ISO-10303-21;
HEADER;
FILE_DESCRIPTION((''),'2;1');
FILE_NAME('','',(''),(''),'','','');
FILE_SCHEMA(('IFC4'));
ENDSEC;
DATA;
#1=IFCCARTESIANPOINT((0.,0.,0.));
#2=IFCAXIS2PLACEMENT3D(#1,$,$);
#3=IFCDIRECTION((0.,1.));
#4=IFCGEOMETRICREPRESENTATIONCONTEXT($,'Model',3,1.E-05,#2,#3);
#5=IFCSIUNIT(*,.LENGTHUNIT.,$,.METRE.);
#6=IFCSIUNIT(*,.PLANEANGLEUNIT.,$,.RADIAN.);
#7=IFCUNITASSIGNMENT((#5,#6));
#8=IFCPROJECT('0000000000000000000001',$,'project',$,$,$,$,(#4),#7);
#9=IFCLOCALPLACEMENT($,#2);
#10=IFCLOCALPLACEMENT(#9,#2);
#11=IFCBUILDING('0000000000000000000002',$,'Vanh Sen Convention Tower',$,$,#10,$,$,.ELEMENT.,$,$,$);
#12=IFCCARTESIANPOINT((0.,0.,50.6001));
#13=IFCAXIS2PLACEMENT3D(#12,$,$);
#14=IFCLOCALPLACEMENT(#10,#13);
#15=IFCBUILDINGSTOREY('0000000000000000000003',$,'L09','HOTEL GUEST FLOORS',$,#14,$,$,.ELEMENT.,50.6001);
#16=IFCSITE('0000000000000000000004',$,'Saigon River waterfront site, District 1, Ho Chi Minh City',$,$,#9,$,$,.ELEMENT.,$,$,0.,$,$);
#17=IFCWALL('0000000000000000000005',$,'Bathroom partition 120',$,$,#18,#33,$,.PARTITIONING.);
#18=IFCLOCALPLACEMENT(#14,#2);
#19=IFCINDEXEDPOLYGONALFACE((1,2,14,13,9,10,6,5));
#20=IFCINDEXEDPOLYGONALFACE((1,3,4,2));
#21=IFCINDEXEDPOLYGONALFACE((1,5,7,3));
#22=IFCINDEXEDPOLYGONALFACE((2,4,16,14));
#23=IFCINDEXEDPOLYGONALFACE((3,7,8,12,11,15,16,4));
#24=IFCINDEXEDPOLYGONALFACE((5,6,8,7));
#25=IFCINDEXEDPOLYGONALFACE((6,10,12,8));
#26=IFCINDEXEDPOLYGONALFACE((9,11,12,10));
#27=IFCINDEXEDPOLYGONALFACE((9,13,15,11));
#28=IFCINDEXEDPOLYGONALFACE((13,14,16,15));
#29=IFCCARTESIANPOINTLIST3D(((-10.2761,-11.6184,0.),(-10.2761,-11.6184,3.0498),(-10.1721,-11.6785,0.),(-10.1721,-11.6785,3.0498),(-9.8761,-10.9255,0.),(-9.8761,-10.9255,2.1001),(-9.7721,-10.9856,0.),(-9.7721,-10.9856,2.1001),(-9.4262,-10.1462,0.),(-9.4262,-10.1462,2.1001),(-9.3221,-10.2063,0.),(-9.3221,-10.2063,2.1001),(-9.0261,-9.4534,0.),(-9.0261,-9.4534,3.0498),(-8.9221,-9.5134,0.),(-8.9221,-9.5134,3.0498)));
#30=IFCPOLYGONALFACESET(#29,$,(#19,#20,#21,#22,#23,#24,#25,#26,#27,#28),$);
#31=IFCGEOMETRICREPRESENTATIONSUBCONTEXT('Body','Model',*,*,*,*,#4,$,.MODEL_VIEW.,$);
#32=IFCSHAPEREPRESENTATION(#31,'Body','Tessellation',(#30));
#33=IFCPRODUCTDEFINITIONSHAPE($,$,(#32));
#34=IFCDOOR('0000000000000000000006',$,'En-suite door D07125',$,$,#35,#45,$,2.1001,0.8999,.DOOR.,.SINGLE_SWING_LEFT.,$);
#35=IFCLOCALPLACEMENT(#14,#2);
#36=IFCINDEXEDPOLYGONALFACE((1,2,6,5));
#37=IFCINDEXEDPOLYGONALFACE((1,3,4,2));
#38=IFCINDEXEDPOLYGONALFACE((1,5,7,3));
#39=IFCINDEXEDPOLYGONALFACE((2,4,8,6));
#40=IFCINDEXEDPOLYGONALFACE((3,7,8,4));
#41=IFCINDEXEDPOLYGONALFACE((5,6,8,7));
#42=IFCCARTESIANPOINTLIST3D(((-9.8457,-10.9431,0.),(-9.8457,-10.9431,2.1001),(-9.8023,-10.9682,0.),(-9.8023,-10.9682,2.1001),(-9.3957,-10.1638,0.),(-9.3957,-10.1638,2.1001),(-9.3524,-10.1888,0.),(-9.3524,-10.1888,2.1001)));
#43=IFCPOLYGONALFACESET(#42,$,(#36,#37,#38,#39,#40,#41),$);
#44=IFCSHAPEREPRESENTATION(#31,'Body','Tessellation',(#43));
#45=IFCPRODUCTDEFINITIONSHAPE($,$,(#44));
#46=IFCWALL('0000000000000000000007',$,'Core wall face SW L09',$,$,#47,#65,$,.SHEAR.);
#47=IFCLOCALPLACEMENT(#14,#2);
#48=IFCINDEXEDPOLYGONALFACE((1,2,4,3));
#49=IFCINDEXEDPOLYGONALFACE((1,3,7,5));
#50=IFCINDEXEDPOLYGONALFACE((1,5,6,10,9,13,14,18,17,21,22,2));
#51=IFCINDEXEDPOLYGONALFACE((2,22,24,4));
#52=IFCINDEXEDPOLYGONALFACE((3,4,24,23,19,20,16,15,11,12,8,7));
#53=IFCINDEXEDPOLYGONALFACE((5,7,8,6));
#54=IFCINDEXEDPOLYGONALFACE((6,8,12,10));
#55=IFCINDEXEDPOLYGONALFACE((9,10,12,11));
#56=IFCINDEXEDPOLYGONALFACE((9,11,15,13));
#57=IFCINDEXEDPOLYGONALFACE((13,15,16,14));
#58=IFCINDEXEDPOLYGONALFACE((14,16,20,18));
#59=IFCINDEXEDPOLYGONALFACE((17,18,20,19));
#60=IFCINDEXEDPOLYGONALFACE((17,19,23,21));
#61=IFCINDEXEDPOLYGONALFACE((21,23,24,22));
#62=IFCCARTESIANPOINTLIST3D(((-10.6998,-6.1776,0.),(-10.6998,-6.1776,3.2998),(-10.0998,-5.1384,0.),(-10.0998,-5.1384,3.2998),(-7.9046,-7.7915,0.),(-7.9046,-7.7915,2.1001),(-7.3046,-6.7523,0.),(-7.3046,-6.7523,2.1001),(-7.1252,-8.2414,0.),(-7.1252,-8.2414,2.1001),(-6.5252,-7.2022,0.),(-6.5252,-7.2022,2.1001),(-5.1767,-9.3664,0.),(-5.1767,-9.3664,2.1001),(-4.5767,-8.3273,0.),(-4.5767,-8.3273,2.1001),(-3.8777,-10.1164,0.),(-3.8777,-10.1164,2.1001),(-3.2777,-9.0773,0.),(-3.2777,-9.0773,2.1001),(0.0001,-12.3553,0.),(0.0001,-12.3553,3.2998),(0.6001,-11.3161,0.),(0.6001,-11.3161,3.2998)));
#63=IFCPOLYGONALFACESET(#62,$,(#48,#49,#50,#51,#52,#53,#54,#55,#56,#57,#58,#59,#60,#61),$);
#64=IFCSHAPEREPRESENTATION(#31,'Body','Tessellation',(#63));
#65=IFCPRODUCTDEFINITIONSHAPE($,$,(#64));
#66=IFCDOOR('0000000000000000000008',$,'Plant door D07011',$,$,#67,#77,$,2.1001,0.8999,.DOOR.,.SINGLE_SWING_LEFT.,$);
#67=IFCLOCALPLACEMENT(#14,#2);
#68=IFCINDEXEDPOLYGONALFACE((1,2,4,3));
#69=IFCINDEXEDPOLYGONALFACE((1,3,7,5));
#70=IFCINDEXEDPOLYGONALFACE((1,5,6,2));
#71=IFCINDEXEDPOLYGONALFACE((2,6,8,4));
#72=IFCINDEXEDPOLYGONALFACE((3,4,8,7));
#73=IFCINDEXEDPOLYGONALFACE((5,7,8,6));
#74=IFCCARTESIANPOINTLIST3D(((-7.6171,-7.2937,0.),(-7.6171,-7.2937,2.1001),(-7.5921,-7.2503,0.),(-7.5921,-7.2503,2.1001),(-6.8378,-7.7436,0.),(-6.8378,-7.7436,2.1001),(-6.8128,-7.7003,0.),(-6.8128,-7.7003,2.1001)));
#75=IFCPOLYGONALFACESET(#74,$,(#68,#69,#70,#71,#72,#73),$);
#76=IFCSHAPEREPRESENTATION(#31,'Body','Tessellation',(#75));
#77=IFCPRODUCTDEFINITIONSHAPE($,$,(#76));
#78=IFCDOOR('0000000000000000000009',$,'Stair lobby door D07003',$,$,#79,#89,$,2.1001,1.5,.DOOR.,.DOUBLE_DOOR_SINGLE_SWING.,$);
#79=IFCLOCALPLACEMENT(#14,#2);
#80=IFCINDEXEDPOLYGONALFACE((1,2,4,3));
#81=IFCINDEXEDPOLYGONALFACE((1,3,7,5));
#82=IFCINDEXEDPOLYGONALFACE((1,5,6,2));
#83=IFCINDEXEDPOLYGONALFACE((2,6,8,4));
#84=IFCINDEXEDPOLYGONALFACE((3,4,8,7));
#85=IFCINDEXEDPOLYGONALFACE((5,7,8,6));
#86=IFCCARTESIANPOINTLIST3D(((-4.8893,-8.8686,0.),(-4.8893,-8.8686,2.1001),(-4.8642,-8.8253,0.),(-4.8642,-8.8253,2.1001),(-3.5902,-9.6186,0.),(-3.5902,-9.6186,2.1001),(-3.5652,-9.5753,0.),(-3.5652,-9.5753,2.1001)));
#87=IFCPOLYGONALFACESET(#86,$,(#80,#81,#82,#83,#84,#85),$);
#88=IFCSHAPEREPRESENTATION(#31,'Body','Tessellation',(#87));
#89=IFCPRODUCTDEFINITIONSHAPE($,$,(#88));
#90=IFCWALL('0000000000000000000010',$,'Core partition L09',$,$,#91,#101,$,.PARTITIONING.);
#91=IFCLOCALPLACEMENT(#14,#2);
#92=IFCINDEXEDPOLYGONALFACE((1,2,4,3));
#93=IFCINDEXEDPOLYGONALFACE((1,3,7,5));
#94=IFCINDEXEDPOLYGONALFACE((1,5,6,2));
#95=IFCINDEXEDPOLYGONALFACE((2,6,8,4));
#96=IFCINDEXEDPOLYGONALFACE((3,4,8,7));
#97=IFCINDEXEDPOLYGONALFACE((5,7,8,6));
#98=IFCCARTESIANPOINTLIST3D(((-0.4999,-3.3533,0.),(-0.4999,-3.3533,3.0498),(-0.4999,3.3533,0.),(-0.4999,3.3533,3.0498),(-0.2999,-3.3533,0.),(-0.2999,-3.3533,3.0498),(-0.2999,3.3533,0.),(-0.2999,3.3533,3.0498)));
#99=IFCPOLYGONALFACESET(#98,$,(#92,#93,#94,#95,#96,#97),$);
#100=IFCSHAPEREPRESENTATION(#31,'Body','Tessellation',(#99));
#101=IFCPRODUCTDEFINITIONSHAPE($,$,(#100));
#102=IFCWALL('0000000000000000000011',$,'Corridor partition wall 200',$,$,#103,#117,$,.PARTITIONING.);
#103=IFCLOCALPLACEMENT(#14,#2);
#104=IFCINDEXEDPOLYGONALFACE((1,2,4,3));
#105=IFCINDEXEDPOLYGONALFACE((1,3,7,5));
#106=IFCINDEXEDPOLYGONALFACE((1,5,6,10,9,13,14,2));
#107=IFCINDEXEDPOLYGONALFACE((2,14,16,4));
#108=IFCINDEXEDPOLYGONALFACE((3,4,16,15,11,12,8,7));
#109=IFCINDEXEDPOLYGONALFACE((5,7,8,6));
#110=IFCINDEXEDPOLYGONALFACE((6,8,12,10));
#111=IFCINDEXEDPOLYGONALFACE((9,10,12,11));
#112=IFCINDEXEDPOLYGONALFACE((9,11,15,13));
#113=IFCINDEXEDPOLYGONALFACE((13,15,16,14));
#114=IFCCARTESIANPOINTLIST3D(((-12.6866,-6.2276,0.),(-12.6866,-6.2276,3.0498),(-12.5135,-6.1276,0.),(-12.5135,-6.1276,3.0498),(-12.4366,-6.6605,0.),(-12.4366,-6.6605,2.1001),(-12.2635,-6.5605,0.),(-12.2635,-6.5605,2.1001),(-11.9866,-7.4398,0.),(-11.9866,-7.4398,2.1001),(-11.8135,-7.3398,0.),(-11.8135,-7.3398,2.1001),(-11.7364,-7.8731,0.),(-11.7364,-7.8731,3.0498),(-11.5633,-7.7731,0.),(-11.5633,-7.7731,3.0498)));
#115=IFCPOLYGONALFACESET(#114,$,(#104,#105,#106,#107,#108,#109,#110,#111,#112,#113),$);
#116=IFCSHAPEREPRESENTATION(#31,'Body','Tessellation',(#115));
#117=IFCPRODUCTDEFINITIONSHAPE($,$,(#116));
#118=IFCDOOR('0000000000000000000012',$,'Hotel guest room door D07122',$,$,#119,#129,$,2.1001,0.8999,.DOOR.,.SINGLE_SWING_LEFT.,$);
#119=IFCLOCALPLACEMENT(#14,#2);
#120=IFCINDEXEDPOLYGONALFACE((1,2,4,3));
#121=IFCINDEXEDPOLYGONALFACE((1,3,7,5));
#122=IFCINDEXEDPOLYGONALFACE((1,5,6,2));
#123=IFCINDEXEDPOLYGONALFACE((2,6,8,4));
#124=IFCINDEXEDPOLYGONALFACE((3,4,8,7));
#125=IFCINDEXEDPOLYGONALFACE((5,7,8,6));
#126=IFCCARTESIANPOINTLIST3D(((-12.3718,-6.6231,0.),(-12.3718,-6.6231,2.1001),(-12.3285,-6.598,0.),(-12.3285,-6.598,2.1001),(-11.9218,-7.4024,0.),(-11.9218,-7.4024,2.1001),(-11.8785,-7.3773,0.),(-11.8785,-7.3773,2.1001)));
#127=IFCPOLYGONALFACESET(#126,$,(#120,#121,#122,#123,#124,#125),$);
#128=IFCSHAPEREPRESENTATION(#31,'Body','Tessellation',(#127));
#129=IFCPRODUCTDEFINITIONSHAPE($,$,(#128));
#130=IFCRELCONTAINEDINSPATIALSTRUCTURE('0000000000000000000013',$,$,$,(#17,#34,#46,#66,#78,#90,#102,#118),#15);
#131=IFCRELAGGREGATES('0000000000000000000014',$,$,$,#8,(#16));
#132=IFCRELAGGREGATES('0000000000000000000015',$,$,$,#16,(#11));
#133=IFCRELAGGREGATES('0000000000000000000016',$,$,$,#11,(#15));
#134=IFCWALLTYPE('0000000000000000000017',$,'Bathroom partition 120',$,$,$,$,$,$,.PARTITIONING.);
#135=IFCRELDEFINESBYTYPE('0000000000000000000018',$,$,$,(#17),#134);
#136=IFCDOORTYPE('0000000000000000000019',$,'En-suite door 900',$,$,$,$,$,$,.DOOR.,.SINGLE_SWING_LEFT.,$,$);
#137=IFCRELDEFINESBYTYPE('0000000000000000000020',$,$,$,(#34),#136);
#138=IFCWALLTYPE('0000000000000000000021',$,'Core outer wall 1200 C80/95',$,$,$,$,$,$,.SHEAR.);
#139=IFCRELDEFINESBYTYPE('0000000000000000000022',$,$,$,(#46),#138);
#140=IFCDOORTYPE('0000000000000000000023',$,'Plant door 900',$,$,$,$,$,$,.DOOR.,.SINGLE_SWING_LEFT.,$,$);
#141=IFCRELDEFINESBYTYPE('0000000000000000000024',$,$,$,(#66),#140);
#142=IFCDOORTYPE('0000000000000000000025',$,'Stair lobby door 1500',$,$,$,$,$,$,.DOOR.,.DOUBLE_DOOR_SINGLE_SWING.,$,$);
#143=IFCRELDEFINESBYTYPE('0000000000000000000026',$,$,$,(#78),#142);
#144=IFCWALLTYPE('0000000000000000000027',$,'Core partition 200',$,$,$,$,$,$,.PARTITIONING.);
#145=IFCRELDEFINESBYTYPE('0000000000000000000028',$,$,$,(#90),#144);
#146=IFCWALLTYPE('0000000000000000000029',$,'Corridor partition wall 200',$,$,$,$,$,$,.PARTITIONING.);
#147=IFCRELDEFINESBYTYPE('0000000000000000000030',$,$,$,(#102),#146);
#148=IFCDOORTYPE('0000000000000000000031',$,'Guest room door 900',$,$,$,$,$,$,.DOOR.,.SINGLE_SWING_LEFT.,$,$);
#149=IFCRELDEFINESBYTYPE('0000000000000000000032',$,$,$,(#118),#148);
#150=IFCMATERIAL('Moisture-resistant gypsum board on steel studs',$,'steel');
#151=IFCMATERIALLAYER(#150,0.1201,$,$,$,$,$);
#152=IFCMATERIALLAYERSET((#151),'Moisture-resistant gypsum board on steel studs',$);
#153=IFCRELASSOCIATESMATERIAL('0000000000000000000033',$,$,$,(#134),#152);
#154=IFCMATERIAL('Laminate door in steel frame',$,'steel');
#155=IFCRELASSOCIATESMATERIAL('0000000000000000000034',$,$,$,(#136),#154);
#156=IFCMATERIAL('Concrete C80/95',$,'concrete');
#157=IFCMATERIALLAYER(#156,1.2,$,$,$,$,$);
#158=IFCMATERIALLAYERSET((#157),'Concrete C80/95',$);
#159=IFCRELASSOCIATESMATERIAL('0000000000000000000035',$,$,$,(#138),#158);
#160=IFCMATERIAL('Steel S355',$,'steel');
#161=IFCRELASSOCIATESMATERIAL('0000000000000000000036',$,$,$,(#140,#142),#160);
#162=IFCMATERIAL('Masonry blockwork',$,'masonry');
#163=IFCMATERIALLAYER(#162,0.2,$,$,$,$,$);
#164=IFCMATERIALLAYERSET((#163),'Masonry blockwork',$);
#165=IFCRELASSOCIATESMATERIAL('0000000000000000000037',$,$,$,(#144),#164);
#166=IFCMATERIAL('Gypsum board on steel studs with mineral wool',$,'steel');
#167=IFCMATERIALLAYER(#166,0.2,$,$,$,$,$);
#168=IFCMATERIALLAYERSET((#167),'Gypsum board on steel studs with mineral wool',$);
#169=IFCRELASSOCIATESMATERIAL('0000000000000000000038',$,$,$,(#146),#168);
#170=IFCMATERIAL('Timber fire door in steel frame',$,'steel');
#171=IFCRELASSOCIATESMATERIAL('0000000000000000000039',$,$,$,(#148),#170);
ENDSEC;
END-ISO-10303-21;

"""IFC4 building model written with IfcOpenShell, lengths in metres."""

from ifc_helpers import new_model, si_unit, direction, frame, frame_2d, origin, place, context, subcontext, project, spatial, rectangle, extrude, material, layer, layer_set, type_object, element, fill, save


model = new_model("IFC4")

# Units and contexts
model_context = context("Model", 3, precision=1e-05, world=origin(), true_north=direction((0.0, 1.0)))
body_context = subcontext(model_context, "Body", "Model", "MODEL_VIEW")
ifc_project = project(units=[si_unit("LENGTHUNIT", "METRE"), si_unit("PLANEANGLEUNIT", "RADIAN")], contexts=[model_context])

# Site, building, storey
site_placement = place(None, origin())
site = spatial("IfcSite", under=ifc_project, at=site_placement, Name="Saigon River waterfront site, District 1, Ho Chi Minh City", CompositionType="ELEMENT", RefElevation=0.0)
building_placement = place(site_placement, origin())
building = spatial("IfcBuilding", under=site, at=building_placement, Name="Vanh Sen Convention Tower", CompositionType="ELEMENT")
storey_placement = place(building_placement, frame((0.0, 0.0, 50.6001)))
storey = spatial("IfcBuildingStorey", under=building, at=storey_placement, Name="L09", Description="HOTEL GUEST FLOORS", CompositionType="ELEMENT", Elevation=50.6001)

# Shared definitions
ifc_material_1 = material(Name="Moisture-resistant gypsum board on steel studs", Category="steel")
ifc_layer_1 = layer(ifc_material_1, 0.1201)
ifc_layer_set_1 = layer_set([ifc_layer_1], Name="Moisture-resistant gypsum board on steel studs")
wall_type_1 = type_object("IfcWallType", Name="Bathroom partition 120", PredefinedType="PARTITIONING", material=ifc_layer_set_1)

# Wall, opening, door
wall_1_placement = place(storey_placement, frame((-10.2241, -11.6484, 0.0), z_axis=(0.0, 0.0, 1.0), x_axis=(0.500004, 0.866023, 0.0)))
wall_1 = element("IfcWall", 1, at=wall_1_placement, inside=storey, type_object=wall_type_1, Name="Bathroom partition 120", PredefinedType="PARTITIONING", context=body_context, shape_type="SweptSolid", body=[
    extrude(rectangle(XDim=2.5, YDim=0.1201, at=frame_2d((1.25, 0.0))), origin(), (0.0, 0.0, 1.0), 3.0498),
])
opening_1_placement = place(wall_1_placement, frame((0.8, 0.0, 0.0)))
opening_1 = element("IfcOpeningElement", 2, at=opening_1_placement, cuts=wall_1, PredefinedType="OPENING", context=body_context, shape_type="SweptSolid", body=[
    extrude(rectangle(XDim=0.8999, YDim=2.1001, at=frame_2d((0.45, 1.05))), frame((0.0, 0.0701, 0.0), z_axis=(0.0, -1.0, 0.0), x_axis=(1.0, 0.0, 0.0)), (0.0, 0.0, 1.0), 0.1401),
])
ifc_material_2 = material(Name="Laminate door in steel frame", Category="steel")
door_type_1 = type_object("IfcDoorType", Name="En-suite door 900", OperationType="SINGLE_SWING_LEFT", PredefinedType="DOOR", material=ifc_material_2)
door_1_placement = place(opening_1_placement, origin())
door_1 = element("IfcDoor", 3, at=door_1_placement, inside=storey, type_object=door_type_1, Name="En-suite door D07125", OperationType="SINGLE_SWING_LEFT", OverallHeight=2.1001, OverallWidth=0.8999, PredefinedType="DOOR", context=body_context, shape_type="SweptSolid", body=[
    extrude(rectangle(XDim=0.8999, YDim=2.1001, at=frame_2d((0.45, 1.05))), frame((0.0, 0.0249, 0.0), z_axis=(0.0, -1.0, 0.0), x_axis=(1.0, 0.0, 0.0)), (0.0, 0.0, 1.0), 0.05),
])
fill(opening_1, door_1)

# Wall, openings, doors
ifc_material_3 = material(Name="Concrete C80/95", Category="concrete")
ifc_layer_2 = layer(ifc_material_3, 1.2)
ifc_layer_set_2 = layer_set([ifc_layer_2], Name="Concrete C80/95")
wall_type_2 = type_object("IfcWallType", Name="Core outer wall 1200 C80/95", PredefinedType="SHEAR", material=ifc_layer_set_2)
wall_2_placement = place(storey_placement, frame((-10.3999, -5.658, 0.0), z_axis=(0.0, 0.0, 1.0), x_axis=(0.866021, -0.500007, 0.0)))
wall_2 = element("IfcWall", 4, at=wall_2_placement, inside=storey, type_object=wall_type_2, Name="Core wall face SW L09", PredefinedType="SHEAR", context=body_context, shape_type="SweptSolid", body=[
    extrude(rectangle(XDim=12.3552, YDim=1.2, at=frame_2d((6.1777, 0.0))), origin(), (0.0, 0.0, 1.0), 3.2998),
])
opening_2_placement = place(wall_2_placement, frame((6.3777, 0.0, 0.0)))
opening_2 = element("IfcOpeningElement", 5, at=opening_2_placement, cuts=wall_2, PredefinedType="OPENING", context=body_context, shape_type="SweptSolid", body=[
    extrude(rectangle(XDim=1.5, YDim=2.1001, at=frame_2d((0.75, 1.05))), frame((0.0, 0.6099, 0.0), z_axis=(0.0, -1.0, 0.0), x_axis=(1.0, 0.0, 0.0)), (0.0, 0.0, 1.0), 1.22),
])
opening_3_placement = place(wall_2_placement, frame((3.2278, 0.0, 0.0)))
opening_3 = element("IfcOpeningElement", 6, at=opening_3_placement, cuts=wall_2, PredefinedType="OPENING", context=body_context, shape_type="SweptSolid", body=[
    extrude(rectangle(XDim=0.8999, YDim=2.1001, at=frame_2d((0.45, 1.05))), frame((0.0, 0.6099, 0.0), z_axis=(0.0, -1.0, 0.0), x_axis=(1.0, 0.0, 0.0)), (0.0, 0.0, 1.0), 1.22),
])
ifc_material_4 = material(Name="Steel S355", Category="steel")
door_type_2 = type_object("IfcDoorType", Name="Plant door 900", OperationType="SINGLE_SWING_LEFT", PredefinedType="DOOR", material=ifc_material_4)
door_2_placement = place(opening_3_placement, origin())
door_2 = element("IfcDoor", 7, at=door_2_placement, inside=storey, type_object=door_type_2, Name="Plant door D07011", OperationType="SINGLE_SWING_LEFT", OverallHeight=2.1001, OverallWidth=0.8999, PredefinedType="DOOR", context=body_context, shape_type="SweptSolid", body=[
    extrude(rectangle(XDim=0.8999, YDim=2.1001, at=frame_2d((0.45, 1.05))), frame((0.0, 0.0249, 0.0), z_axis=(0.0, -1.0, 0.0), x_axis=(1.0, 0.0, 0.0)), (0.0, 0.0, 1.0), 0.05),
])
fill(opening_3, door_2)
door_type_3 = type_object("IfcDoorType", Name="Stair lobby door 1500", OperationType="DOUBLE_DOOR_SINGLE_SWING", PredefinedType="DOOR", material=ifc_material_4)
door_3_placement = place(opening_2_placement, origin())
door_3 = element("IfcDoor", 8, at=door_3_placement, inside=storey, type_object=door_type_3, Name="Stair lobby door D07003", OperationType="DOUBLE_DOOR_SINGLE_SWING", OverallHeight=2.1001, OverallWidth=1.5, PredefinedType="DOOR", context=body_context, shape_type="SweptSolid", body=[
    extrude(rectangle(XDim=1.5, YDim=2.1001, at=frame_2d((0.75, 1.05))), frame((0.0, 0.0249, 0.0), z_axis=(0.0, -1.0, 0.0), x_axis=(1.0, 0.0, 0.0)), (0.0, 0.0, 1.0), 0.05),
])
fill(opening_2, door_3)

# Wall
ifc_material_5 = material(Name="Masonry blockwork", Category="masonry")
ifc_layer_3 = layer(ifc_material_5, 0.2)
ifc_layer_set_3 = layer_set([ifc_layer_3], Name="Masonry blockwork")
wall_type_3 = type_object("IfcWallType", Name="Core partition 200", PredefinedType="PARTITIONING", material=ifc_layer_set_3)
wall_3_placement = place(storey_placement, frame((-0.3999, -3.3533, 0.0), z_axis=(0.0, 0.0, 1.0), x_axis=(0.0, 1.0, 0.0)))
element("IfcWall", 9, at=wall_3_placement, inside=storey, type_object=wall_type_3, Name="Core partition L09", PredefinedType="PARTITIONING", context=body_context, shape_type="SweptSolid", body=[
    extrude(rectangle(XDim=6.7065, YDim=0.2, at=frame_2d((3.3533, 0.0))), origin(), (0.0, 0.0, 1.0), 3.0498),
])

# Wall, opening, door
ifc_material_6 = material(Name="Gypsum board on steel studs with mineral wool", Category="steel")
ifc_layer_4 = layer(ifc_material_6, 0.2)
ifc_layer_set_4 = layer_set([ifc_layer_4], Name="Gypsum board on steel studs with mineral wool")
wall_type_4 = type_object("IfcWallType", Name="Corridor partition wall 200", PredefinedType="PARTITIONING", material=ifc_layer_set_4)
wall_4_placement = place(storey_placement, frame((-12.6001, -6.1775, 0.0), z_axis=(0.0, 0.0, 1.0), x_axis=(0.500064, -0.865989, 0.0)))
wall_4 = element("IfcWall", 10, at=wall_4_placement, inside=storey, type_object=wall_type_4, Name="Corridor partition wall 200", PredefinedType="PARTITIONING", context=body_context, shape_type="SweptSolid", body=[
    extrude(rectangle(XDim=1.9001, YDim=0.2, at=frame_2d((0.9502, 0.0))), origin(), (0.0, 0.0, 1.0), 3.0498),
])
opening_4_placement = place(wall_4_placement, frame((0.5, 0.0, 0.0)))
opening_4 = element("IfcOpeningElement", 11, at=opening_4_placement, cuts=wall_4, PredefinedType="OPENING", context=body_context, shape_type="SweptSolid", body=[
    extrude(rectangle(XDim=0.8999, YDim=2.1001, at=frame_2d((0.45, 1.05))), frame((0.0, 0.1099, 0.0), z_axis=(0.0, -1.0, 0.0), x_axis=(1.0, 0.0, 0.0)), (0.0, 0.0, 1.0), 0.22),
])
ifc_material_7 = material(Name="Timber fire door in steel frame", Category="steel")
door_type_4 = type_object("IfcDoorType", Name="Guest room door 900", OperationType="SINGLE_SWING_LEFT", PredefinedType="DOOR", material=ifc_material_7)
door_4_placement = place(opening_4_placement, origin())
door_4 = element("IfcDoor", 12, at=door_4_placement, inside=storey, type_object=door_type_4, Name="Hotel guest room door D07122", OperationType="SINGLE_SWING_LEFT", OverallHeight=2.1001, OverallWidth=0.8999, PredefinedType="DOOR", context=body_context, shape_type="SweptSolid", body=[
    extrude(rectangle(XDim=0.8999, YDim=2.1001, at=frame_2d((0.45, 1.05))), frame((0.0, 0.0249, 0.0), z_axis=(0.0, -1.0, 0.0), x_axis=(1.0, 0.0, 0.0)), (0.0, 0.0, 1.0), 0.05),
])
fill(opening_4, door_4)

save(model, "model.ifc")
